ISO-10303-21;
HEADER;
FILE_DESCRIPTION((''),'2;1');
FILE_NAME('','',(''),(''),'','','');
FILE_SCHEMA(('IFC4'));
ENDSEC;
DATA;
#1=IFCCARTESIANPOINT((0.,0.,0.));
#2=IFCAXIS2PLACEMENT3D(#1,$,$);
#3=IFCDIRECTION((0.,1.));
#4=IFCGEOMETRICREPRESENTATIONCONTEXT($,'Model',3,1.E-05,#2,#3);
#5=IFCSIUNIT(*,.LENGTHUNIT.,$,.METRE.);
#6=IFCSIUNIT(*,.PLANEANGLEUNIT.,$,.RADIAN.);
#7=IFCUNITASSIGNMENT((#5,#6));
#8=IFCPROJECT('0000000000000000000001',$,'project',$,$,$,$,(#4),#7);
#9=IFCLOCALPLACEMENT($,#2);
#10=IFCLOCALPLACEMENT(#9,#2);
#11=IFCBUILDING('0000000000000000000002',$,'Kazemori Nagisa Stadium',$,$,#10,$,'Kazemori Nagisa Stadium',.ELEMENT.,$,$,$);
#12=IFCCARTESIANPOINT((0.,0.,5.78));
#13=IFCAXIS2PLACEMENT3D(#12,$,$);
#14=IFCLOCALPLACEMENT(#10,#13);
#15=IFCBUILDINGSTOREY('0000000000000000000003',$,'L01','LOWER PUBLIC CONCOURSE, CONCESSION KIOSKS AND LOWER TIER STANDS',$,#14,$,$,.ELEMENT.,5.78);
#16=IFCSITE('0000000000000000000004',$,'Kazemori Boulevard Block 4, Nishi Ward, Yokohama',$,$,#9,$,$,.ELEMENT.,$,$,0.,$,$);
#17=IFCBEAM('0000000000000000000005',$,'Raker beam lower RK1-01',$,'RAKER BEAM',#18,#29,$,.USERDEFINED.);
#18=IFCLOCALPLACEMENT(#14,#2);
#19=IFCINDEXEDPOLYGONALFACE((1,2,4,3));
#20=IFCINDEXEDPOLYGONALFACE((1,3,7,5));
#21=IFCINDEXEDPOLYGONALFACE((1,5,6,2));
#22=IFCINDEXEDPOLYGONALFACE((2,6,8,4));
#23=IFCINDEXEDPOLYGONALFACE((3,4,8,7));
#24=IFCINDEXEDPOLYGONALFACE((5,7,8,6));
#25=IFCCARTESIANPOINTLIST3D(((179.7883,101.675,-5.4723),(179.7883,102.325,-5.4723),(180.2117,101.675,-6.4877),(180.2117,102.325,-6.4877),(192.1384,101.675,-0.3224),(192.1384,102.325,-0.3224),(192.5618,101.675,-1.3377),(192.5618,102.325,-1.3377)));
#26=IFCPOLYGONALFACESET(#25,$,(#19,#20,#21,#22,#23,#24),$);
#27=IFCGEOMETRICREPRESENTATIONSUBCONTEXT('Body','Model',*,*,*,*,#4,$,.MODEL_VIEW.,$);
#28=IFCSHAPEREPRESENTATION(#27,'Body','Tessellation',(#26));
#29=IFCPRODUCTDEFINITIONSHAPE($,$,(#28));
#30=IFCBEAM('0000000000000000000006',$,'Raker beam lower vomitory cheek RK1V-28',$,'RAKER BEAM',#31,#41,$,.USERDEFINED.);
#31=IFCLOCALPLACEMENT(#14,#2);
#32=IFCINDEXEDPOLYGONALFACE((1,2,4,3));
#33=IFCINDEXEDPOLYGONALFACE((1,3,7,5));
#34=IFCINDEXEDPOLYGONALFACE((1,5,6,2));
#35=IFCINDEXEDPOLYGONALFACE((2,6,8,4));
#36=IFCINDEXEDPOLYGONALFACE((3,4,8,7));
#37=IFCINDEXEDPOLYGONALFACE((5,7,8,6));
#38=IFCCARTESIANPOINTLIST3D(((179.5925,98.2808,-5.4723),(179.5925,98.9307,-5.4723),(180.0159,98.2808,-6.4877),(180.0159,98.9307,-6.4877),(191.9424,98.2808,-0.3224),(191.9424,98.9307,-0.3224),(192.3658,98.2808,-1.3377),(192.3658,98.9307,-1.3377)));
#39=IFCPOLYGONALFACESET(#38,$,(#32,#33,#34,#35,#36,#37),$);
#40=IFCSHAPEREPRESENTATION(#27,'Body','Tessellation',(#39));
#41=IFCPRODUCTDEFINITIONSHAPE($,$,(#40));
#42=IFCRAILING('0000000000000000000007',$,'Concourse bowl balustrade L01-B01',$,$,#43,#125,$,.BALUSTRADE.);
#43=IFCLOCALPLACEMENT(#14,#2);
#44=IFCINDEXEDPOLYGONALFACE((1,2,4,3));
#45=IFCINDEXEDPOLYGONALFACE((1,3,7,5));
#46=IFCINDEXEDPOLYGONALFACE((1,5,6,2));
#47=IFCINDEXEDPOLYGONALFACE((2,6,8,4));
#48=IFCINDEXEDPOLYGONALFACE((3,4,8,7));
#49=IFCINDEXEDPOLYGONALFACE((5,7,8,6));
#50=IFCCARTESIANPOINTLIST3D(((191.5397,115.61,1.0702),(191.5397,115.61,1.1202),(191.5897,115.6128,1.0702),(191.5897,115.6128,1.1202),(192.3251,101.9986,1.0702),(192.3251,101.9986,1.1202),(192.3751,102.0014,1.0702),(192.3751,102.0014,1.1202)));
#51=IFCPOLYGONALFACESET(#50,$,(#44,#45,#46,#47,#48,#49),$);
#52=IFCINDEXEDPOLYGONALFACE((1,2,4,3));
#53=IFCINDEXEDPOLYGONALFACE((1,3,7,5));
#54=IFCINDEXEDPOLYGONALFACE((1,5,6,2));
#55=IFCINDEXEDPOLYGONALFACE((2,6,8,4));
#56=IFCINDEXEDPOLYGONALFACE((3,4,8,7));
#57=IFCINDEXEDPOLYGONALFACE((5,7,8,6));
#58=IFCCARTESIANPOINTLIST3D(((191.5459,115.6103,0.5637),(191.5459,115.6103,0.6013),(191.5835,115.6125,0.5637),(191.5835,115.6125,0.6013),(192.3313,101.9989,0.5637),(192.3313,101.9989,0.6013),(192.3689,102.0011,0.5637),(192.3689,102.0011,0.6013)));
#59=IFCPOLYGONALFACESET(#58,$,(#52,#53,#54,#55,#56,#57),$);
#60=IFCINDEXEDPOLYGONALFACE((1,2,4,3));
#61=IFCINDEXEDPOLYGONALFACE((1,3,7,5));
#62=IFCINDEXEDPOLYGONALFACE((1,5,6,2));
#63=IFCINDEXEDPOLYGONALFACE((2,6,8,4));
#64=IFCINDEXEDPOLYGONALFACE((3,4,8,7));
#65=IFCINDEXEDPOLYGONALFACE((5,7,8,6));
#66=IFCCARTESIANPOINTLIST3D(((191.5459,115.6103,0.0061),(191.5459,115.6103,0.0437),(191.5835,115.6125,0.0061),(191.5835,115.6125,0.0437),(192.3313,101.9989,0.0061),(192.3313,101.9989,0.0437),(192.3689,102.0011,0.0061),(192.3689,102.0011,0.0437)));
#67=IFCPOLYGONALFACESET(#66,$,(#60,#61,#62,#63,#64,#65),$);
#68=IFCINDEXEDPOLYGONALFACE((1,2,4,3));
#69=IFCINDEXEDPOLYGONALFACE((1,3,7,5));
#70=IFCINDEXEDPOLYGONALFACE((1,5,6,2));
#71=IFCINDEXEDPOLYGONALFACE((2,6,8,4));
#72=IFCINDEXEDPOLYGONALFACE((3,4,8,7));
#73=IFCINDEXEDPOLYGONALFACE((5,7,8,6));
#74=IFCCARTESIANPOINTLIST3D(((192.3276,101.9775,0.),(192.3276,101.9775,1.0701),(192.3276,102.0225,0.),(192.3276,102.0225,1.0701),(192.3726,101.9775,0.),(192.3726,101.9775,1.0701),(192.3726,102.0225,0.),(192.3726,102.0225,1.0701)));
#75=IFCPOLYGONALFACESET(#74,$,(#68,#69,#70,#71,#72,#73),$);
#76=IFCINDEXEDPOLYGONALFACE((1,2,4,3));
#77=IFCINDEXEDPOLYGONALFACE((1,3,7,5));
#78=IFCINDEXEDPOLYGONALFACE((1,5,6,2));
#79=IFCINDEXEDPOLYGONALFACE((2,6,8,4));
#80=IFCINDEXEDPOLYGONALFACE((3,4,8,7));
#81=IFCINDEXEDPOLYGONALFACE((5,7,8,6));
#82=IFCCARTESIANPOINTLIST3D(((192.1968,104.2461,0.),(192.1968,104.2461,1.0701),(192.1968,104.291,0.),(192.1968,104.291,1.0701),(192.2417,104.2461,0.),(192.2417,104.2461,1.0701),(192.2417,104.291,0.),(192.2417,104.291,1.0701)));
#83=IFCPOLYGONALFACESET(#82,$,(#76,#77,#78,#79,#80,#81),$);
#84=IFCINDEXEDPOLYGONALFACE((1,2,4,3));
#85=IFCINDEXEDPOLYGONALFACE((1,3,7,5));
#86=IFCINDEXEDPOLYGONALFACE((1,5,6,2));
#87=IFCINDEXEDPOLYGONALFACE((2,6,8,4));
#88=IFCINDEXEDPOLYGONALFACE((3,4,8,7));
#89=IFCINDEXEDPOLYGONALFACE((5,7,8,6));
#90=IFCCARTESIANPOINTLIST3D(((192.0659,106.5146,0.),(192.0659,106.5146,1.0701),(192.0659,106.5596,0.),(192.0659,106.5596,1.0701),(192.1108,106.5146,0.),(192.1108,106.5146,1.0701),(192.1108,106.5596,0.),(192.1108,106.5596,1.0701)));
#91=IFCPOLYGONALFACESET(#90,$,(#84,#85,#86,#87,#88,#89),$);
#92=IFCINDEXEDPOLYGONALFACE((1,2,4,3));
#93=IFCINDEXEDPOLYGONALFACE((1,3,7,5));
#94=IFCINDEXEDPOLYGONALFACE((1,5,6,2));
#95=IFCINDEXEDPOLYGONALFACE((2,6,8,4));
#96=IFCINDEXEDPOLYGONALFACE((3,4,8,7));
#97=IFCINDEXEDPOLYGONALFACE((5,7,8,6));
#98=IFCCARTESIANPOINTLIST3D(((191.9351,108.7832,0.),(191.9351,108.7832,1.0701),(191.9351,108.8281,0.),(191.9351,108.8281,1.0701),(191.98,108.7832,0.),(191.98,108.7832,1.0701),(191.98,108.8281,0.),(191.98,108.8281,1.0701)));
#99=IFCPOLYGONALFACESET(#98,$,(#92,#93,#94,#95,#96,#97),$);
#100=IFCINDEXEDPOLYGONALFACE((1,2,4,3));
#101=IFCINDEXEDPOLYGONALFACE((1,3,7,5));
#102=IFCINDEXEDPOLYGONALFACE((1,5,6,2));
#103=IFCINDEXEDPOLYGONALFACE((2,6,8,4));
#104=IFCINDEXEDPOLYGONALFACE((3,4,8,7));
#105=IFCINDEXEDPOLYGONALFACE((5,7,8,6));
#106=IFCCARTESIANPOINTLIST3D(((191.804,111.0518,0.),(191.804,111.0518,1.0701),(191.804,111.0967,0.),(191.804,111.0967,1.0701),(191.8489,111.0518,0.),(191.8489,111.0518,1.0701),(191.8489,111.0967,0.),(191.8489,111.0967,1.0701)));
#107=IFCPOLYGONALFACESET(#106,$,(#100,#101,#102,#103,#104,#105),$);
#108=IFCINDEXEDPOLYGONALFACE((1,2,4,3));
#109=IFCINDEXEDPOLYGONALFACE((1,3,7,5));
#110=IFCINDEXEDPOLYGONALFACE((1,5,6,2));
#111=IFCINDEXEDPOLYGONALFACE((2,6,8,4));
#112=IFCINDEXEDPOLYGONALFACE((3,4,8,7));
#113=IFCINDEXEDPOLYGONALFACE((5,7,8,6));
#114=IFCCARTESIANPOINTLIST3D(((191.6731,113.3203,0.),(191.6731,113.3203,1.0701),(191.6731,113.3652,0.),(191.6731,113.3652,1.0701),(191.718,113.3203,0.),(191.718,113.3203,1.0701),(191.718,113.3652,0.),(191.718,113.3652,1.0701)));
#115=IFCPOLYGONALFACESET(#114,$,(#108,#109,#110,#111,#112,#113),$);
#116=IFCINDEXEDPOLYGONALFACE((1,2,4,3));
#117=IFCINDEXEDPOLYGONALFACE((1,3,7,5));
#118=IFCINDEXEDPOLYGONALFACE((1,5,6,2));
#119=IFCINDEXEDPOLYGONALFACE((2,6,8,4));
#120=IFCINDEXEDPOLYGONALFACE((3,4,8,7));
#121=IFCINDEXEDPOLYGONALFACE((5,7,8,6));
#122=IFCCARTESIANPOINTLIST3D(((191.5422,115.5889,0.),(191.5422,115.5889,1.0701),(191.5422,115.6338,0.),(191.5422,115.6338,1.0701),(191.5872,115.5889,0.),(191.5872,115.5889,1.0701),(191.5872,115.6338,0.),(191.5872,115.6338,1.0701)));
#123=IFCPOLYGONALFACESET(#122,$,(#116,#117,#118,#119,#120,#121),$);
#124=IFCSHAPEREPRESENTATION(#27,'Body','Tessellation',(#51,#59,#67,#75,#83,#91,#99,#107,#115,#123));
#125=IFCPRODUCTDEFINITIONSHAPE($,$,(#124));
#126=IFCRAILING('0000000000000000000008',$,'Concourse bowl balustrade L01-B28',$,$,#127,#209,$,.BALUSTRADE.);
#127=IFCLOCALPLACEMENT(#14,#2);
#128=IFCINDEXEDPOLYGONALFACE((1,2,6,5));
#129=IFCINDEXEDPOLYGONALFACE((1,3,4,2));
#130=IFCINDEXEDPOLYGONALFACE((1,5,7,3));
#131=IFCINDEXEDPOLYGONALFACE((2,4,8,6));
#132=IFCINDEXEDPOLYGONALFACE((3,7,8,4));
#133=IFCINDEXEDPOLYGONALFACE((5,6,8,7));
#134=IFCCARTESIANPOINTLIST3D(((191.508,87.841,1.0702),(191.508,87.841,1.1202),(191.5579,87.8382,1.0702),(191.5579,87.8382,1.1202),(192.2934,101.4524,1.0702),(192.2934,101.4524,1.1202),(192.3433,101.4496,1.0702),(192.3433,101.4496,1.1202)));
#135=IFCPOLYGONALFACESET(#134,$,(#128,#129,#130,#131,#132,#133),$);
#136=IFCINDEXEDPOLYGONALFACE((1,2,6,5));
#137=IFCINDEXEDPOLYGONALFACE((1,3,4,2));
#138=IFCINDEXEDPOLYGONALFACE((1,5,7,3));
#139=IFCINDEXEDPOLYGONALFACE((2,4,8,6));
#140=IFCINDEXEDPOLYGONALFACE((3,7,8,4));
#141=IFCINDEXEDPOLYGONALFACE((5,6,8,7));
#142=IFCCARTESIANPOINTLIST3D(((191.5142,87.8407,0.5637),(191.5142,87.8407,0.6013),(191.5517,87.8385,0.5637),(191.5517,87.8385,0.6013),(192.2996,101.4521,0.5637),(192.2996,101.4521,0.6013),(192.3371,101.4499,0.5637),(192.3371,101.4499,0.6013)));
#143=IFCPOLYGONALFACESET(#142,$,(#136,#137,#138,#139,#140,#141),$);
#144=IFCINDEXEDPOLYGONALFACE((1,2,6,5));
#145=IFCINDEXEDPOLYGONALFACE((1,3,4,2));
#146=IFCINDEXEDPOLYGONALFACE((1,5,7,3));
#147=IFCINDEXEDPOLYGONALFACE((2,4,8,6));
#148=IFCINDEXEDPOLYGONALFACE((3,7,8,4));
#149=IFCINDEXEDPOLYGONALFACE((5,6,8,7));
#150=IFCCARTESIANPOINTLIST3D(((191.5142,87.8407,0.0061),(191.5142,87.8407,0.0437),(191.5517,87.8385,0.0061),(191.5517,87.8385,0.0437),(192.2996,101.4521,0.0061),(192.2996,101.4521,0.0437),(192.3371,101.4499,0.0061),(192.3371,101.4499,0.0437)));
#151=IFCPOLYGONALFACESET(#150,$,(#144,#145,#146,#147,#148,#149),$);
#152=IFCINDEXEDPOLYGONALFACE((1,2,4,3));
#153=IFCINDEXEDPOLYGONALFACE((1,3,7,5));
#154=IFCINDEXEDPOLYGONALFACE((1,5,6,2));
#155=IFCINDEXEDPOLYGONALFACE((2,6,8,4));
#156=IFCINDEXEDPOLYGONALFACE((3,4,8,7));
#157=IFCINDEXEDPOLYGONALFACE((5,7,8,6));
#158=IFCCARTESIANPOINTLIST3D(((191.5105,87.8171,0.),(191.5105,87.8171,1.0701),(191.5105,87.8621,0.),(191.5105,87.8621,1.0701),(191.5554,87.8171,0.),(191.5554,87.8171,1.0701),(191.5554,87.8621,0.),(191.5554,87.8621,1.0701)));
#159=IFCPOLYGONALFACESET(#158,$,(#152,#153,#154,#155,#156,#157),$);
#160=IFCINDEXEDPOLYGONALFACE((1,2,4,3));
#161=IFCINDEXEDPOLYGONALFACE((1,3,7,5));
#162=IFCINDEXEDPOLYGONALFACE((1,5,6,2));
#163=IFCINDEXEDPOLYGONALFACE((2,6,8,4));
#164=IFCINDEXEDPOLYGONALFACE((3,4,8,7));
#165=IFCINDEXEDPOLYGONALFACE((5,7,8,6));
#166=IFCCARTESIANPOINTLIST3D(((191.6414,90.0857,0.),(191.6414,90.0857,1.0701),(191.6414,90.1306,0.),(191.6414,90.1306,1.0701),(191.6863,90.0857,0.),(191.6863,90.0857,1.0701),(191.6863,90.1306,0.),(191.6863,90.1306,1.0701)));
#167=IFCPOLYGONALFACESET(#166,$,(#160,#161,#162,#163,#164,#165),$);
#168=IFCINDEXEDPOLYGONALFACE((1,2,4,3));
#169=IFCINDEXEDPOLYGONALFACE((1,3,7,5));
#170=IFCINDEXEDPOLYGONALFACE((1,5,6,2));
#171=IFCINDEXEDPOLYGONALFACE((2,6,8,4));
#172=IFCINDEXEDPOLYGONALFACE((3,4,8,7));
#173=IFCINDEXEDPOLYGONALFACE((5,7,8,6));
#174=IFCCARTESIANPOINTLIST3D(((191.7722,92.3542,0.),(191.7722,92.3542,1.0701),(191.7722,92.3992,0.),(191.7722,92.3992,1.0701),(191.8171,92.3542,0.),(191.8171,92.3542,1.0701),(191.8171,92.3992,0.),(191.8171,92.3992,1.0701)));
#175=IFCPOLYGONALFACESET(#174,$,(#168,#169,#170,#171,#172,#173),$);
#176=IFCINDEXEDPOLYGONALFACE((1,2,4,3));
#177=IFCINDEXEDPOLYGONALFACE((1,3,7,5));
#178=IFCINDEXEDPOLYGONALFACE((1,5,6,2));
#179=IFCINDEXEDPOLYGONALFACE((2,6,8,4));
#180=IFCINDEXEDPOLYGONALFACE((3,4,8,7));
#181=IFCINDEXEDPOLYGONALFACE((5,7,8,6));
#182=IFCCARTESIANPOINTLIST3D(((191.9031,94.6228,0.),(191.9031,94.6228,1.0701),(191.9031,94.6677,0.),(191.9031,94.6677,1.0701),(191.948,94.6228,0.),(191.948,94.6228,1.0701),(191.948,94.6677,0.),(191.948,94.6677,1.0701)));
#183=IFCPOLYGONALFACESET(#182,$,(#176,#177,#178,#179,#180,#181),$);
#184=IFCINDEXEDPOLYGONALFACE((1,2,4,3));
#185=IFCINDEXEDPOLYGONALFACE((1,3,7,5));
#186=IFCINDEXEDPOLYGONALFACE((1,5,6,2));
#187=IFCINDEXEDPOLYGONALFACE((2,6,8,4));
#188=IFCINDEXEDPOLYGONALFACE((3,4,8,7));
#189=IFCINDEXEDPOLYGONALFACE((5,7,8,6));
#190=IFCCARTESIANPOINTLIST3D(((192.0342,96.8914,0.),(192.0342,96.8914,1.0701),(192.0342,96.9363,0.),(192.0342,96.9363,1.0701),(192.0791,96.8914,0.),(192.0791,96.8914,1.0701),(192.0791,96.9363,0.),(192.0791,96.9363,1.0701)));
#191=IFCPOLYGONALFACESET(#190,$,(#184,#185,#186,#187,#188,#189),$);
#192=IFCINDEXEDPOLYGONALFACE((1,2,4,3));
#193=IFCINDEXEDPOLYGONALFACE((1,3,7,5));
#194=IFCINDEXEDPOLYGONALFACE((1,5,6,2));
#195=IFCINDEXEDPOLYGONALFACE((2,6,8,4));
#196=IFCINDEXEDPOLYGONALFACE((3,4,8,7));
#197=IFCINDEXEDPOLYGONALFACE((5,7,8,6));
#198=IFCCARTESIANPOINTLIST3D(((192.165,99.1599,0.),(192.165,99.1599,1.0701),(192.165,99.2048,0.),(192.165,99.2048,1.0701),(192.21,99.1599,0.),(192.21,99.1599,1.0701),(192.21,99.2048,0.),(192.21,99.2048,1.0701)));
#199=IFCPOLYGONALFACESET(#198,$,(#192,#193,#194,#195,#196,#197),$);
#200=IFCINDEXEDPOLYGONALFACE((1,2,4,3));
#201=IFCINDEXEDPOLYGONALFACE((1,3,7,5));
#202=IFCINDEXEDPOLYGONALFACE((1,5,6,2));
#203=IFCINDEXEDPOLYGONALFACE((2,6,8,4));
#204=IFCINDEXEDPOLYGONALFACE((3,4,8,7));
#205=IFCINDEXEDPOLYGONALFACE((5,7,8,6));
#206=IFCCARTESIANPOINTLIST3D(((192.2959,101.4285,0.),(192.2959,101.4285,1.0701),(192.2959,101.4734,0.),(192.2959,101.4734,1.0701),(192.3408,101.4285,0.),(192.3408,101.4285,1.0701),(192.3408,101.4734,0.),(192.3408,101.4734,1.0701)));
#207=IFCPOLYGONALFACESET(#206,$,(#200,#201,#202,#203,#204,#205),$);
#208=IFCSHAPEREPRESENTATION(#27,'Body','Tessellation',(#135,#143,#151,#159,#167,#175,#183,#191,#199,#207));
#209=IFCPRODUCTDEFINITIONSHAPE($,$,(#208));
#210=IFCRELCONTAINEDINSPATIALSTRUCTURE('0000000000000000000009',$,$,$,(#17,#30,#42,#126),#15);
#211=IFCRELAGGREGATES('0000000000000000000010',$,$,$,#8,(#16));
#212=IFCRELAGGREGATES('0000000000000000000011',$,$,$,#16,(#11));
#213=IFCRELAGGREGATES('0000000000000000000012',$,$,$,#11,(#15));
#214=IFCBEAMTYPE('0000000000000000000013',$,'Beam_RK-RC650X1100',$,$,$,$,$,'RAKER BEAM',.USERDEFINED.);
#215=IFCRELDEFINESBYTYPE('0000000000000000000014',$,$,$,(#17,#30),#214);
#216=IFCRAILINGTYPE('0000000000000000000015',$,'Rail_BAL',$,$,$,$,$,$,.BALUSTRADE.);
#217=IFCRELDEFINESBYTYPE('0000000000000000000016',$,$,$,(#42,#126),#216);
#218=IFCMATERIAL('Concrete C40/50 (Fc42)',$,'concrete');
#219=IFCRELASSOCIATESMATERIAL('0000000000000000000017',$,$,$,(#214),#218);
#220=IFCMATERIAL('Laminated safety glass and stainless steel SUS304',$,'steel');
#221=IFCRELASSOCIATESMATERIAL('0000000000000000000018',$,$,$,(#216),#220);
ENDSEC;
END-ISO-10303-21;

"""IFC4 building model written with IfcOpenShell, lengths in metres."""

from ifc_helpers import new_model, si_unit, direction, frame, origin, origin_2d, place, context, subcontext, project, spatial, rectangle, extrude, material, material_profile, profile_set, type_object, element, save


model = new_model("IFC4")

# Units and contexts
model_context = context("Model", 3, precision=1e-05, world=origin(), true_north=direction((0.0, 1.0)))
body_context = subcontext(model_context, "Body", "Model", "MODEL_VIEW")
ifc_project = project(units=[si_unit("LENGTHUNIT", "METRE"), si_unit("PLANEANGLEUNIT", "RADIAN")], contexts=[model_context])

# Site, building, storey
site_placement = place(None, origin())
site = spatial("IfcSite", under=ifc_project, at=site_placement, Name="Kazemori Boulevard Block 4, Nishi Ward, Yokohama", CompositionType="ELEMENT", RefElevation=0.0)
building_placement = place(site_placement, origin())
building = spatial("IfcBuilding", under=site, at=building_placement, Name="Kazemori Nagisa Stadium", LongName="Kazemori Nagisa Stadium", CompositionType="ELEMENT")
storey_placement = place(building_placement, frame((0.0, 0.0, 5.78)))
storey = spatial("IfcBuildingStorey", under=building, at=storey_placement, Name="L01", Description="LOWER PUBLIC CONCOURSE, CONCESSION KIOSKS AND LOWER TIER STANDS", CompositionType="ELEMENT", Elevation=5.78)

# Shared definitions
ifc_material_1 = material(Name="Concrete C40/50 (Fc42)", Category="concrete")

# Beams
ifc_material_profile_1 = material_profile(ifc_material_1, rectangle(XDim=0.6499, YDim=1.1001, at=origin_2d()), Name="RC-RK-650x1100")
ifc_profile_set_1 = profile_set([ifc_material_profile_1], Name="Concrete C40/50 (Fc42)")
beam_type_1 = type_object("IfcBeamType", Name="Beam_RK-RC650X1100", ElementType="RAKER BEAM", PredefinedType="USERDEFINED", material=ifc_profile_set_1)
beam_1_placement = place(storey_placement, frame((180.0, 102.0, -5.98), z_axis=(0.92297, 0.0, 0.384872), x_axis=(0.0, 1.0, 0.0)))
element("IfcBeam", 1, at=beam_1_placement, inside=storey, type_object=beam_type_1, Name="Raker beam lower RK1-01", ObjectType="RAKER BEAM", PredefinedType="USERDEFINED", context=body_context, shape_type="SweptSolid", body=[
    extrude(rectangle(XDim=0.6499, YDim=1.1001, at=origin_2d()), origin(), (0.0, 0.0, 1.0), 13.3809),
])
beam_2_placement = place(storey_placement, frame((179.8042, 98.6057, -5.98), z_axis=(0.922967, 0.0, 0.384878), x_axis=(0.0, 1.0, 0.0)))
element("IfcBeam", 2, at=beam_2_placement, inside=storey, type_object=beam_type_1, Name="Raker beam lower vomitory cheek RK1V-28", ObjectType="RAKER BEAM", PredefinedType="USERDEFINED", context=body_context, shape_type="SweptSolid", body=[
    extrude(rectangle(XDim=0.6499, YDim=1.1001, at=origin_2d()), origin(), (0.0, 0.0, 1.0), 13.3806),
])

# Railings
ifc_material_2 = material(Name="Laminated safety glass and stainless steel SUS304", Category="steel")
railing_type_1 = type_object("IfcRailingType", Name="Rail_BAL", PredefinedType="BALUSTRADE", material=ifc_material_2)
railing_1_placement = place(storey_placement, frame((192.3501, 102.0, 0.0)))
element("IfcRailing", 3, at=railing_1_placement, inside=storey, type_object=railing_type_1, Name="Concourse bowl balustrade L01-B01", PredefinedType="BALUSTRADE", context=body_context, shape_type="SweptSolid", body=[
    extrude(rectangle(XDim=0.05, YDim=0.05, at=origin_2d()), frame((0.0, 0.0, 1.0952), z_axis=(-0.057606, 0.998339, 0.0), x_axis=(-0.998339, -0.057606, 0.0)), (0.0, 0.0, 1.0), 13.634),
    extrude(rectangle(XDim=0.0376, YDim=0.0376, at=origin_2d()), frame((0.0, 0.0, 0.5825), z_axis=(-0.057606, 0.998339, 0.0), x_axis=(-0.998339, -0.057606, 0.0)), (0.0, 0.0, 1.0), 13.634),
    extrude(rectangle(XDim=0.0376, YDim=0.0376, at=origin_2d()), frame((0.0, 0.0, 0.0249), z_axis=(-0.057606, 0.998339, 0.0), x_axis=(-0.998339, -0.057606, 0.0)), (0.0, 0.0, 1.0), 13.634),
    extrude(rectangle(XDim=0.0449, YDim=0.0449, at=origin_2d()), origin(), (0.0, 0.0, 1.0), 1.0701),
    extrude(rectangle(XDim=0.0449, YDim=0.0449, at=origin_2d()), frame((-0.1309, 2.2686, 0.0)), (0.0, 0.0, 1.0), 1.0701),
    extrude(rectangle(XDim=0.0449, YDim=0.0449, at=origin_2d()), frame((-0.2617, 4.5371, 0.0)), (0.0, 0.0, 1.0), 1.0701),
    extrude(rectangle(XDim=0.0449, YDim=0.0449, at=origin_2d()), frame((-0.3926, 6.8057, 0.0)), (0.0, 0.0, 1.0), 1.0701),
    extrude(rectangle(XDim=0.0449, YDim=0.0449, at=origin_2d()), frame((-0.5237, 9.0742, 0.0)), (0.0, 0.0, 1.0), 1.0701),
    extrude(rectangle(XDim=0.0449, YDim=0.0449, at=origin_2d()), frame((-0.6545, 11.3428, 0.0)), (0.0, 0.0, 1.0), 1.0701),
    extrude(rectangle(XDim=0.0449, YDim=0.0449, at=origin_2d()), frame((-0.7854, 13.6113, 0.0)), (0.0, 0.0, 1.0), 1.0701),
])
railing_2_placement = place(storey_placement, frame((191.533, 87.8396, 0.0)))
element("IfcRailing", 4, at=railing_2_placement, inside=storey, type_object=railing_type_1, Name="Concourse bowl balustrade L01-B28", PredefinedType="BALUSTRADE", context=body_context, shape_type="SweptSolid", body=[
    extrude(rectangle(XDim=0.05, YDim=0.05, at=origin_2d()), frame((0.0, 0.0, 1.0952), z_axis=(0.057606, 0.998339, 0.0), x_axis=(-0.998339, 0.057606, 0.0)), (0.0, 0.0, 1.0), 13.634),
    extrude(rectangle(XDim=0.0376, YDim=0.0376, at=origin_2d()), frame((0.0, 0.0, 0.5825), z_axis=(0.057606, 0.998339, 0.0), x_axis=(-0.998339, 0.057606, 0.0)), (0.0, 0.0, 1.0), 13.634),
    extrude(rectangle(XDim=0.0376, YDim=0.0376, at=origin_2d()), frame((0.0, 0.0, 0.0249), z_axis=(0.057606, 0.998339, 0.0), x_axis=(-0.998339, 0.057606, 0.0)), (0.0, 0.0, 1.0), 13.634),
    extrude(rectangle(XDim=0.0449, YDim=0.0449, at=origin_2d()), origin(), (0.0, 0.0, 1.0), 1.0701),
    extrude(rectangle(XDim=0.0449, YDim=0.0449, at=origin_2d()), frame((0.1309, 2.2686, 0.0)), (0.0, 0.0, 1.0), 1.0701),
    extrude(rectangle(XDim=0.0449, YDim=0.0449, at=origin_2d()), frame((0.2617, 4.5371, 0.0)), (0.0, 0.0, 1.0), 1.0701),
    extrude(rectangle(XDim=0.0449, YDim=0.0449, at=origin_2d()), frame((0.3926, 6.8057, 0.0)), (0.0, 0.0, 1.0), 1.0701),
    extrude(rectangle(XDim=0.0449, YDim=0.0449, at=origin_2d()), frame((0.5237, 9.0742, 0.0)), (0.0, 0.0, 1.0), 1.0701),
    extrude(rectangle(XDim=0.0449, YDim=0.0449, at=origin_2d()), frame((0.6545, 11.3428, 0.0)), (0.0, 0.0, 1.0), 1.0701),
    extrude(rectangle(XDim=0.0449, YDim=0.0449, at=origin_2d()), frame((0.7854, 13.6113, 0.0)), (0.0, 0.0, 1.0), 1.0701),
])

save(model, "model.ifc")
